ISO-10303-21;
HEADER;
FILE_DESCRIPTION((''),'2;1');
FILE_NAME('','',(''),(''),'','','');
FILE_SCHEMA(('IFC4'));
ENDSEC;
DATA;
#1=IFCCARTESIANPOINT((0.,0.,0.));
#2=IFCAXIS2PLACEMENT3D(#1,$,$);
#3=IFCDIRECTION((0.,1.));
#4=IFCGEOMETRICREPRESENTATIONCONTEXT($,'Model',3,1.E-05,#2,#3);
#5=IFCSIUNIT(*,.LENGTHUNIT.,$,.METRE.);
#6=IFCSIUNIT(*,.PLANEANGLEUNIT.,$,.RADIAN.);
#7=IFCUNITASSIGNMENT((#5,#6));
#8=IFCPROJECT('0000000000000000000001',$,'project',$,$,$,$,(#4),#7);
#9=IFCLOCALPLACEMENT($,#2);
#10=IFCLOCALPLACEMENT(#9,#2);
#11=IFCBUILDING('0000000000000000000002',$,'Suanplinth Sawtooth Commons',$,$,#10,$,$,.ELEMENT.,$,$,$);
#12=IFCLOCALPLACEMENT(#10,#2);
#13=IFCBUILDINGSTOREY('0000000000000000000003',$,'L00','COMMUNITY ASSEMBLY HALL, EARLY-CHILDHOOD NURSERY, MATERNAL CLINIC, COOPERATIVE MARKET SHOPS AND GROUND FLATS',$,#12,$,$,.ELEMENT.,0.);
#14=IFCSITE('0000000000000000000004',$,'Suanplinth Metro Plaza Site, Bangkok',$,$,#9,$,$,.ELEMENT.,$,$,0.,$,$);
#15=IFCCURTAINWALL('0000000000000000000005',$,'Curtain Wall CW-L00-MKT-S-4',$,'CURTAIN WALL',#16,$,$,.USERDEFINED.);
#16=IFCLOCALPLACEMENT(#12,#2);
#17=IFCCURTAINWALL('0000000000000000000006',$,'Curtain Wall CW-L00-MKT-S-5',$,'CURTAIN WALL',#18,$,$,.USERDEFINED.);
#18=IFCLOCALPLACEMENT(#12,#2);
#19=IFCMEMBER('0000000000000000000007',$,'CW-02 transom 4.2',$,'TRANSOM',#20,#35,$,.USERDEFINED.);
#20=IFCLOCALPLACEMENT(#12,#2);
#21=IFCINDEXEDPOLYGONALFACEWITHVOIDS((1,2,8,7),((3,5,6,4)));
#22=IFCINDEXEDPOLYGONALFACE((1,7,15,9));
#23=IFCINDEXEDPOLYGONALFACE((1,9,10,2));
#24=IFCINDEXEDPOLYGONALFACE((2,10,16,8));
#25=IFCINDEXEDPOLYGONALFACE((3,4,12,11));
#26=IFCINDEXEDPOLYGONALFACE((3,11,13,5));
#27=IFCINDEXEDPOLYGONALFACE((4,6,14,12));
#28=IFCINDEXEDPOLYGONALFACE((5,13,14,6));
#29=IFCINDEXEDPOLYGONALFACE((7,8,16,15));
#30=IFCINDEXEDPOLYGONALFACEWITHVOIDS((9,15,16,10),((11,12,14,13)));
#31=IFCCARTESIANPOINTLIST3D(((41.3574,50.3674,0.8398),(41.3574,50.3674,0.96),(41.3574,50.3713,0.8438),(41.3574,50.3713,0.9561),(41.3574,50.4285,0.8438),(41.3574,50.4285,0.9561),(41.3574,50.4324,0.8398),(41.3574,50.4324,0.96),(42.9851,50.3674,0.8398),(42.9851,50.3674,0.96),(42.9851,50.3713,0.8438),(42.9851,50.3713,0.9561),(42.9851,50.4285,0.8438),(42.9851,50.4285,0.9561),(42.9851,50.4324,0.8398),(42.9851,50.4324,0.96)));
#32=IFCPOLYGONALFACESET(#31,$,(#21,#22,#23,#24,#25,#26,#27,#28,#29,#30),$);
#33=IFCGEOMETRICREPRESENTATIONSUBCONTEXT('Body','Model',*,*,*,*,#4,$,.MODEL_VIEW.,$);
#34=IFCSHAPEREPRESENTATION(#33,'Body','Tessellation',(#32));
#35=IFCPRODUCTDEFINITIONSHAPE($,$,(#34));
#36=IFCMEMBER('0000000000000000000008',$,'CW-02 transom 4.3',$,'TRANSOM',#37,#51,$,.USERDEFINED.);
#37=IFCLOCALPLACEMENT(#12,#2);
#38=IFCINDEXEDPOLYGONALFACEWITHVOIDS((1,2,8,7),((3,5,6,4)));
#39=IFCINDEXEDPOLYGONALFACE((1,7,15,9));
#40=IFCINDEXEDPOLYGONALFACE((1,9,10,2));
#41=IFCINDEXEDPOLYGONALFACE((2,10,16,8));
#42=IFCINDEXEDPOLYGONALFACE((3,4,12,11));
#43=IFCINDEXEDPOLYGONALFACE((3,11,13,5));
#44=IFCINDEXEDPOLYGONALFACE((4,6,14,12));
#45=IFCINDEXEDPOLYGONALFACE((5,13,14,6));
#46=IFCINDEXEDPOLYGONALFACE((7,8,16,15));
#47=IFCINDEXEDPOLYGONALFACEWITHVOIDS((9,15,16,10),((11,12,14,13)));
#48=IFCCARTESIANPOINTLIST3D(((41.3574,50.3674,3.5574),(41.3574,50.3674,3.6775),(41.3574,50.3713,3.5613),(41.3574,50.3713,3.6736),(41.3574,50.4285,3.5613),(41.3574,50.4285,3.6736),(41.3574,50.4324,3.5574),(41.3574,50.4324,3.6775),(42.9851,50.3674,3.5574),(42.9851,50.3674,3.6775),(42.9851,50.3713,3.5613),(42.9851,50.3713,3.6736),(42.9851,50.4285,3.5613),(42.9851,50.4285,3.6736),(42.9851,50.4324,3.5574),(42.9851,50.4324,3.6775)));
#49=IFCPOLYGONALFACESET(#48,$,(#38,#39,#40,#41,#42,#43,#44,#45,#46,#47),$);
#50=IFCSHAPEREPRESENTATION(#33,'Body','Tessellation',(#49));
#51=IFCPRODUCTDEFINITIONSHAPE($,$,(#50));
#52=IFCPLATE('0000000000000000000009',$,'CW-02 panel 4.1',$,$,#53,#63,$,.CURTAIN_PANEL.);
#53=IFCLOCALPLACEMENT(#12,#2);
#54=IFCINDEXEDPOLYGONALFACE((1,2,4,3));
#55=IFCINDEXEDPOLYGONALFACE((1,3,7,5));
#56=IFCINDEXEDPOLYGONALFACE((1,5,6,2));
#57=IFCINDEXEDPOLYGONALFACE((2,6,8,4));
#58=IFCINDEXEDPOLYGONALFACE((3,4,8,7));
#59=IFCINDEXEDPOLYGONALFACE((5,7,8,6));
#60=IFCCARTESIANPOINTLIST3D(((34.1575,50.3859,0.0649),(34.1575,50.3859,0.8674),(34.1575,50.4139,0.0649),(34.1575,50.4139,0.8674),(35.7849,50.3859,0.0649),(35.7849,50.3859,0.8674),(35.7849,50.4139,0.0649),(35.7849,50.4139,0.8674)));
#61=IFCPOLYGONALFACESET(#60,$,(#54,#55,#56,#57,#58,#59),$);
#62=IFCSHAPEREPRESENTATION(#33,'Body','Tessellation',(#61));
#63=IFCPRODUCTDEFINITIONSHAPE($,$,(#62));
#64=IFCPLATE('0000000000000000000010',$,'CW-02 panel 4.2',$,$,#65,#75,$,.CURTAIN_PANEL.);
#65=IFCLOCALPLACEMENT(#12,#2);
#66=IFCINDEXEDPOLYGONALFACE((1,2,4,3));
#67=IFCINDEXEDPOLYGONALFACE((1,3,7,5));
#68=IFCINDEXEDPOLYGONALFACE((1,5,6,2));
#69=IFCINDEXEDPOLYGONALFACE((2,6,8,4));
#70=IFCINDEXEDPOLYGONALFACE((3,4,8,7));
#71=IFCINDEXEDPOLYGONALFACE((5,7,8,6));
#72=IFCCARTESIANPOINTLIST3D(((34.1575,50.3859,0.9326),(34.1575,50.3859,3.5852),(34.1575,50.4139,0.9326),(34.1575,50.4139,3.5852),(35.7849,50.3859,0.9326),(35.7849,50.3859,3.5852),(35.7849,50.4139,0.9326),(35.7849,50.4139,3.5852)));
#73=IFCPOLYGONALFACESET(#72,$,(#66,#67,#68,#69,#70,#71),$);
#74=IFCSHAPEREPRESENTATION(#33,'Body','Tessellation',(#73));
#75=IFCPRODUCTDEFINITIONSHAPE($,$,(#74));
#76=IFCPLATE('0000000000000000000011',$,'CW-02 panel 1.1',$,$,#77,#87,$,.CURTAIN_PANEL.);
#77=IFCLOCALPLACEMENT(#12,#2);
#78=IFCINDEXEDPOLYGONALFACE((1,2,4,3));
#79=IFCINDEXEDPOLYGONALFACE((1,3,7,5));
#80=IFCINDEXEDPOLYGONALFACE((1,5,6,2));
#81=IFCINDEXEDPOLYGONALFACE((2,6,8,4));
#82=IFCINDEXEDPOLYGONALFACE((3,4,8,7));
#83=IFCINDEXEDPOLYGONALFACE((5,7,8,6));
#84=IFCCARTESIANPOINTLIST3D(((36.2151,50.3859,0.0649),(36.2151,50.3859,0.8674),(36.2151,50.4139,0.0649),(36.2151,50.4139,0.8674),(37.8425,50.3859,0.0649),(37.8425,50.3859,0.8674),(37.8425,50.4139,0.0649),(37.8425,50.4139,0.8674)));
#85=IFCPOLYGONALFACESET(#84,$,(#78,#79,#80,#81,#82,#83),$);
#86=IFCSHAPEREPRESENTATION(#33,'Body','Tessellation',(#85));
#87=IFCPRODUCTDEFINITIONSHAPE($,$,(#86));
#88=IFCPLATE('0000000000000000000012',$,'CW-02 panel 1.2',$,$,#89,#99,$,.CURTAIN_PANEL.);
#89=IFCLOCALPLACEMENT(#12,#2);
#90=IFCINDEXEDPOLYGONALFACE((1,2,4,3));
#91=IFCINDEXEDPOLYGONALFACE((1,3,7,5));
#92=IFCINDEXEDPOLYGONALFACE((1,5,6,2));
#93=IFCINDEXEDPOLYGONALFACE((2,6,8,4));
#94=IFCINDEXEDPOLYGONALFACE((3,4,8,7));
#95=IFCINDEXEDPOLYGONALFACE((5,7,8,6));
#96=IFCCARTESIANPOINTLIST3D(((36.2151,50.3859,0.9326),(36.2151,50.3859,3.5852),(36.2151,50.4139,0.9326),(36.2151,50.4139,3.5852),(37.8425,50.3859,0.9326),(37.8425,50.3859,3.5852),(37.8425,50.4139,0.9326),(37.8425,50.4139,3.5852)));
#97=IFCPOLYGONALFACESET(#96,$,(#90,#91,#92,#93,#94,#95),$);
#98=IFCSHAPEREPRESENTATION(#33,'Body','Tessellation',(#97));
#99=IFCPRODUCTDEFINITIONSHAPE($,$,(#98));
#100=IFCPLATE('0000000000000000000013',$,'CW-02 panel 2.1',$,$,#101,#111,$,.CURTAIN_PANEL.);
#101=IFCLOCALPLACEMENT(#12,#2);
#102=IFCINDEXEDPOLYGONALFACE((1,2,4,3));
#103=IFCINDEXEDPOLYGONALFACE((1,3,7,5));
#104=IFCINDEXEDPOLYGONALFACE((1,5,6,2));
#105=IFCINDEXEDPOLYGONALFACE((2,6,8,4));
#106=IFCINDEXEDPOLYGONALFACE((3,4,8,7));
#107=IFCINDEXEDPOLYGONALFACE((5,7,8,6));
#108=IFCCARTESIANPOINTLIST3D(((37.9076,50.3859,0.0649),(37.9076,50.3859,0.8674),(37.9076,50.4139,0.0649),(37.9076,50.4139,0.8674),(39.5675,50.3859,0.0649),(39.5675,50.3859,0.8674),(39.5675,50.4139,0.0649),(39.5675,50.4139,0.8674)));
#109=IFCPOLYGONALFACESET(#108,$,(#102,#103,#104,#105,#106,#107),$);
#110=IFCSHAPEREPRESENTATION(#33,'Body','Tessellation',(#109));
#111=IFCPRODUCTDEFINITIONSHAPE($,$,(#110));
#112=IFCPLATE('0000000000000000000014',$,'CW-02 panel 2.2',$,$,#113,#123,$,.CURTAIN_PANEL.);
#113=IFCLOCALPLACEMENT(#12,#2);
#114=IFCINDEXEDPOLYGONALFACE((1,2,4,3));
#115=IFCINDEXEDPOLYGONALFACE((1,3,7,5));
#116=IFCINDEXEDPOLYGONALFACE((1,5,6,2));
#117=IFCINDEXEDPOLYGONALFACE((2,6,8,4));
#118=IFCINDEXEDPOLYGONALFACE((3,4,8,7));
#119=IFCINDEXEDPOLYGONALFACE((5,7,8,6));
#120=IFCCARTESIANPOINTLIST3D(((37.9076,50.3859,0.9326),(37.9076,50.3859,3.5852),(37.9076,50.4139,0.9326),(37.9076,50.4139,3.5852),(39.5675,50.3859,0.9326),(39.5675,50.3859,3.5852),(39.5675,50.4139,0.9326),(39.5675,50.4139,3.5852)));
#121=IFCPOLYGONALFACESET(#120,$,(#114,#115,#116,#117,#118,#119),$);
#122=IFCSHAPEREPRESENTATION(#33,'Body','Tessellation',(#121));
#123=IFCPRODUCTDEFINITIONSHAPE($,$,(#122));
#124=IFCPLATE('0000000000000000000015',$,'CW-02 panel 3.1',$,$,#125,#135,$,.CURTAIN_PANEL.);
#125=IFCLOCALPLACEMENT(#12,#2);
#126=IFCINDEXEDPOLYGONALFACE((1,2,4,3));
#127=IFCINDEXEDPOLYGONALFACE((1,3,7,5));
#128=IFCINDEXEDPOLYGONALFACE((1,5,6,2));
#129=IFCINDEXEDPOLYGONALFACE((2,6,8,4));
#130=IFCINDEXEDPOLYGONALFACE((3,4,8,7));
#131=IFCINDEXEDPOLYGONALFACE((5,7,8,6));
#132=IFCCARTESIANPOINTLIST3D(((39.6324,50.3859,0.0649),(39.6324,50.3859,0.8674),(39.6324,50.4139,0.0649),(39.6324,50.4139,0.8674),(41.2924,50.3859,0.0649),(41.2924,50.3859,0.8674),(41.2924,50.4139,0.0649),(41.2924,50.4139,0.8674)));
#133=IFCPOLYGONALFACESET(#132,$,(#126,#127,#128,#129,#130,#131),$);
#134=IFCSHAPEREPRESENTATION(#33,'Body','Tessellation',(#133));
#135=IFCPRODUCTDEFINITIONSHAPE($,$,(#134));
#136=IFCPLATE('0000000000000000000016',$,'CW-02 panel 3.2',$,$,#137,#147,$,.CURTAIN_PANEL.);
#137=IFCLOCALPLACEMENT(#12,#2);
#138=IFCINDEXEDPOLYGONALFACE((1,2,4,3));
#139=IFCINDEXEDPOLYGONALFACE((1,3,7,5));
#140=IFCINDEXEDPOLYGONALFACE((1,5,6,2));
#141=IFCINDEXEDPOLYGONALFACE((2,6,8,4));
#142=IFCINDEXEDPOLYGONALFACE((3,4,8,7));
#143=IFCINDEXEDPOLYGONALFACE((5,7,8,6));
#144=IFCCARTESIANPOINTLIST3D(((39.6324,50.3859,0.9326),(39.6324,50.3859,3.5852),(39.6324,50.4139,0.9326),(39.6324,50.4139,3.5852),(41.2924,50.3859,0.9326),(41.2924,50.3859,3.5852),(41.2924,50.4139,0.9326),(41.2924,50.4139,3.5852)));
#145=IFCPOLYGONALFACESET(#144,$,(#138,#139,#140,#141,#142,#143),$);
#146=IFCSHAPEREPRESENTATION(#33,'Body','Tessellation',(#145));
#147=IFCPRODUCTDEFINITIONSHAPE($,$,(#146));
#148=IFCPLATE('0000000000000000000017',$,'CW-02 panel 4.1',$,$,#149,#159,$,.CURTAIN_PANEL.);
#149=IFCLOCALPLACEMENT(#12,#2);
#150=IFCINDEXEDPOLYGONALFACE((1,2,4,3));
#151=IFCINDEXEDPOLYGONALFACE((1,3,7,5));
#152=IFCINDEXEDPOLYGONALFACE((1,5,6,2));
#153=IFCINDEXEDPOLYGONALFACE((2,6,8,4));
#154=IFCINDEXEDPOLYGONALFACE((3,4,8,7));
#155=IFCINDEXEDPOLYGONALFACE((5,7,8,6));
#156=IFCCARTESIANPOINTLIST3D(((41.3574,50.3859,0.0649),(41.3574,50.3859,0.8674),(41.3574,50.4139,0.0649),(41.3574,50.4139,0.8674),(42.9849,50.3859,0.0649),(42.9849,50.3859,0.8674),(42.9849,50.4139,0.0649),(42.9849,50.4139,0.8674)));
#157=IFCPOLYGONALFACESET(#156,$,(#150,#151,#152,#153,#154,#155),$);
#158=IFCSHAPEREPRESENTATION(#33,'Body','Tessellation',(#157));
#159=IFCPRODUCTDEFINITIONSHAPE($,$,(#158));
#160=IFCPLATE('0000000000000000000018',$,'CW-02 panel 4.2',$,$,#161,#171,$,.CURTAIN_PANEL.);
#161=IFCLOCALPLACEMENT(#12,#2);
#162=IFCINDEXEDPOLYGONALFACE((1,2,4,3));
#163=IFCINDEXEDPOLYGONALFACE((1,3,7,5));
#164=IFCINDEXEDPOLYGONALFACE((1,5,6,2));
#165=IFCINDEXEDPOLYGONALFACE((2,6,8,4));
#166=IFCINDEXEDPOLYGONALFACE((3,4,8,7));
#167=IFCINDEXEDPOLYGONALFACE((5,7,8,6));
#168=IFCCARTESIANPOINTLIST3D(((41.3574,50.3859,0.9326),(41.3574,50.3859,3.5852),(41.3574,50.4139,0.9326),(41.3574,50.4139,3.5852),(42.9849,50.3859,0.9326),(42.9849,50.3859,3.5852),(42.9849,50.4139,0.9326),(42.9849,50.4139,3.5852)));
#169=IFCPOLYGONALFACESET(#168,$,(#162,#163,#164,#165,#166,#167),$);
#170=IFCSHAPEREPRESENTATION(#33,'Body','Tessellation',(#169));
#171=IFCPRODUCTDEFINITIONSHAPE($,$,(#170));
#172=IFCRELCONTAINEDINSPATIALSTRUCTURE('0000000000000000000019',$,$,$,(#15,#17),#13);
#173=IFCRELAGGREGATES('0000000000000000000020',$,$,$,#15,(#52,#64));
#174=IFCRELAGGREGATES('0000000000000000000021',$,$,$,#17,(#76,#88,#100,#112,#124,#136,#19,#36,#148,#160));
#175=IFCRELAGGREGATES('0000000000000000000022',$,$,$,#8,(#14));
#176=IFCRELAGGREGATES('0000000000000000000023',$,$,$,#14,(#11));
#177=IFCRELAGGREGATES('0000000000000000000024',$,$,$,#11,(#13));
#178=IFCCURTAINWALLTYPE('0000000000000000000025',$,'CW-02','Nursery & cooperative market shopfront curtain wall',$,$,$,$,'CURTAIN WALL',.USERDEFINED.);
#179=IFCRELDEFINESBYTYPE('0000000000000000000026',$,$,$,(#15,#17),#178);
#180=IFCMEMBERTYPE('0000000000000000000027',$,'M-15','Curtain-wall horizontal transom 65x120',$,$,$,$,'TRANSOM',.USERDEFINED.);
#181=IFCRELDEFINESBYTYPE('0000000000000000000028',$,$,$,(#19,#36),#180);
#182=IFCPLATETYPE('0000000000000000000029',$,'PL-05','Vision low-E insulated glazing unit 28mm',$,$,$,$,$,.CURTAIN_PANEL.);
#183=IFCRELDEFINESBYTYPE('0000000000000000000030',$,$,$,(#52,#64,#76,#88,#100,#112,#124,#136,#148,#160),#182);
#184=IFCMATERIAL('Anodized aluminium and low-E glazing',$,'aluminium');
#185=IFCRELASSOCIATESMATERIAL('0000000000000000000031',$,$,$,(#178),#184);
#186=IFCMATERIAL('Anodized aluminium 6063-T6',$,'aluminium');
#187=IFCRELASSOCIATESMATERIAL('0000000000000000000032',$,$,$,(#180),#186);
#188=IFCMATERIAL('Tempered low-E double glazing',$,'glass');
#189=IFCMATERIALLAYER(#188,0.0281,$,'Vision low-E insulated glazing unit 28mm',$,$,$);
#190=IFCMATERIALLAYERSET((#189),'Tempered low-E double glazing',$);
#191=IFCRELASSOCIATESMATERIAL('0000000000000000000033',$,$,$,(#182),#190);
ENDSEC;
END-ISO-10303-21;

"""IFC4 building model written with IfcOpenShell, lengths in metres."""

from ifc_helpers import new_model, si_unit, direction, frame, origin, origin_2d, place, context, subcontext, project, spatial, rectangle, hollow_rectangle, extrude, material, layer, layer_set, material_profile, profile_set, type_object, element, aggregate, save


model = new_model("IFC4")

# Units and contexts
model_context = context("Model", 3, precision=1e-05, world=origin(), true_north=direction((0.0, 1.0)))
body_context = subcontext(model_context, "Body", "Model", "MODEL_VIEW")
ifc_project = project(units=[si_unit("LENGTHUNIT", "METRE"), si_unit("PLANEANGLEUNIT", "RADIAN")], contexts=[model_context])

# Site, building, storey
site_placement = place(None, origin())
site = spatial("IfcSite", under=ifc_project, at=site_placement, Name="Suanplinth Metro Plaza Site, Bangkok", CompositionType="ELEMENT", RefElevation=0.0)
building_placement = place(site_placement, origin())
building = spatial("IfcBuilding", under=site, at=building_placement, Name="Suanplinth Sawtooth Commons", CompositionType="ELEMENT")
storey_placement = place(building_placement, origin())
storey = spatial("IfcBuildingStorey", under=building, at=storey_placement, Name="L00", Description="COMMUNITY ASSEMBLY HALL, EARLY-CHILDHOOD NURSERY, MATERNAL CLINIC, COOPERATIVE MARKET SHOPS AND GROUND FLATS", CompositionType="ELEMENT", Elevation=0.0)

# Curtain wall
ifc_material_1 = material(Name="Anodized aluminium and low-E glazing", Category="aluminium")
curtain_wall_type = type_object("IfcCurtainWallType", Name="CW-02", Description="Nursery & cooperative market shopfront curtain wall", ElementType="CURTAIN WALL", PredefinedType="USERDEFINED", material=ifc_material_1)
curtain_wall_1_placement = place(storey_placement, origin())
curtain_wall_1 = element("IfcCurtainWall", 1, at=curtain_wall_1_placement, inside=storey, type_object=curtain_wall_type, Name="Curtain Wall CW-L00-MKT-S-4", ObjectType="CURTAIN WALL", PredefinedType="USERDEFINED")
ifc_material_2 = material(Name="Anodized aluminium 6063-T6", Category="aluminium")

# Curtain wall, members
curtain_wall_2_placement = place(storey_placement, origin())
curtain_wall_2 = element("IfcCurtainWall", 2, at=curtain_wall_2_placement, inside=storey, type_object=curtain_wall_type, Name="Curtain Wall CW-L00-MKT-S-5", ObjectType="CURTAIN WALL", PredefinedType="USERDEFINED")
ifc_material_profile_1 = material_profile(ifc_material_2, hollow_rectangle(XDim=0.0649, YDim=0.1201, WallThickness=0.0039, at=origin_2d()), Name="ALU-TRN 65x120")
ifc_profile_set_1 = profile_set([ifc_material_profile_1], Name="Anodized aluminium 6063-T6")
member_type_1 = type_object("IfcMemberType", Name="M-15", Description="Curtain-wall horizontal transom 65x120", ElementType="TRANSOM", PredefinedType="USERDEFINED", material=ifc_profile_set_1)
member_1_placement = place(storey_placement, frame((41.3574, 50.3999, 0.8999), z_axis=(1.0, 0.0, 0.0), x_axis=(0.0, 1.0, 0.0)))
member_1 = element("IfcMember", 3, at=member_1_placement, type_object=member_type_1, Name="CW-02 transom 4.2", ObjectType="TRANSOM", PredefinedType="USERDEFINED", context=body_context, shape_type="SweptSolid", body=[
    extrude(hollow_rectangle(XDim=0.0649, YDim=0.1201, WallThickness=0.0039, at=origin_2d()), origin(), (0.0, 0.0, 1.0), 1.6277),
])
member_2_placement = place(storey_placement, frame((41.3574, 50.3999, 3.6174), z_axis=(1.0, 0.0, 0.0), x_axis=(0.0, 1.0, 0.0)))
member_2 = element("IfcMember", 4, at=member_2_placement, type_object=member_type_1, Name="CW-02 transom 4.3", ObjectType="TRANSOM", PredefinedType="USERDEFINED", context=body_context, shape_type="SweptSolid", body=[
    extrude(hollow_rectangle(XDim=0.0649, YDim=0.1201, WallThickness=0.0039, at=origin_2d()), origin(), (0.0, 0.0, 1.0), 1.6277),
])

# Plates
ifc_material_3 = material(Name="Tempered low-E double glazing", Category="glass")
ifc_layer_1 = layer(ifc_material_3, 0.0281, Name="Vision low-E insulated glazing unit 28mm")
ifc_layer_set_1 = layer_set([ifc_layer_1], Name="Tempered low-E double glazing")
plate_type = type_object("IfcPlateType", Name="PL-05", Description="Vision low-E insulated glazing unit 28mm", PredefinedType="CURTAIN_PANEL", material=ifc_layer_set_1)
plate_1_placement = place(storey_placement, frame((34.9712, 50.3999, 0.0649), z_axis=(0.0, 0.0, 1.0), x_axis=(1.0, 0.0, 0.0)))
plate_1 = element("IfcPlate", 5, at=plate_1_placement, type_object=plate_type, Name="CW-02 panel 4.1", PredefinedType="CURTAIN_PANEL", context=body_context, shape_type="SweptSolid", body=[
    extrude(rectangle(XDim=1.6274, YDim=0.0281, at=origin_2d()), origin(), (0.0, 0.0, 1.0), 0.8025),
])
plate_2_placement = place(storey_placement, frame((34.9712, 50.3999, 0.9326), z_axis=(0.0, 0.0, 1.0), x_axis=(1.0, 0.0, 0.0)))
plate_2 = element("IfcPlate", 6, at=plate_2_placement, type_object=plate_type, Name="CW-02 panel 4.2", PredefinedType="CURTAIN_PANEL", context=body_context, shape_type="SweptSolid", body=[
    extrude(rectangle(XDim=1.6274, YDim=0.0281, at=origin_2d()), origin(), (0.0, 0.0, 1.0), 2.6526),
])
aggregate(curtain_wall_1, [plate_1, plate_2])
plate_3_placement = place(storey_placement, frame((37.0288, 50.3999, 0.0649), z_axis=(0.0, 0.0, 1.0), x_axis=(1.0, 0.0, 0.0)))
plate_3 = element("IfcPlate", 7, at=plate_3_placement, type_object=plate_type, Name="CW-02 panel 1.1", PredefinedType="CURTAIN_PANEL", context=body_context, shape_type="SweptSolid", body=[
    extrude(rectangle(XDim=1.6274, YDim=0.0281, at=origin_2d()), origin(), (0.0, 0.0, 1.0), 0.8025),
])
plate_4_placement = place(storey_placement, frame((37.0288, 50.3999, 0.9326), z_axis=(0.0, 0.0, 1.0), x_axis=(1.0, 0.0, 0.0)))
plate_4 = element("IfcPlate", 8, at=plate_4_placement, type_object=plate_type, Name="CW-02 panel 1.2", PredefinedType="CURTAIN_PANEL", context=body_context, shape_type="SweptSolid", body=[
    extrude(rectangle(XDim=1.6274, YDim=0.0281, at=origin_2d()), origin(), (0.0, 0.0, 1.0), 2.6526),
])
plate_5_placement = place(storey_placement, frame((38.7375, 50.3999, 0.0649), z_axis=(0.0, 0.0, 1.0), x_axis=(1.0, 0.0, 0.0)))
plate_5 = element("IfcPlate", 9, at=plate_5_placement, type_object=plate_type, Name="CW-02 panel 2.1", PredefinedType="CURTAIN_PANEL", context=body_context, shape_type="SweptSolid", body=[
    extrude(rectangle(XDim=1.6599, YDim=0.0281, at=origin_2d()), origin(), (0.0, 0.0, 1.0), 0.8025),
])
plate_6_placement = place(storey_placement, frame((38.7375, 50.3999, 0.9326), z_axis=(0.0, 0.0, 1.0), x_axis=(1.0, 0.0, 0.0)))
plate_6 = element("IfcPlate", 10, at=plate_6_placement, type_object=plate_type, Name="CW-02 panel 2.2", PredefinedType="CURTAIN_PANEL", context=body_context, shape_type="SweptSolid", body=[
    extrude(rectangle(XDim=1.6599, YDim=0.0281, at=origin_2d()), origin(), (0.0, 0.0, 1.0), 2.6526),
])
plate_7_placement = place(storey_placement, frame((40.4624, 50.3999, 0.0649), z_axis=(0.0, 0.0, 1.0), x_axis=(1.0, 0.0, 0.0)))
plate_7 = element("IfcPlate", 11, at=plate_7_placement, type_object=plate_type, Name="CW-02 panel 3.1", PredefinedType="CURTAIN_PANEL", context=body_context, shape_type="SweptSolid", body=[
    extrude(rectangle(XDim=1.6599, YDim=0.0281, at=origin_2d()), origin(), (0.0, 0.0, 1.0), 0.8025),
])
plate_8_placement = place(storey_placement, frame((40.4624, 50.3999, 0.9326), z_axis=(0.0, 0.0, 1.0), x_axis=(1.0, 0.0, 0.0)))
plate_8 = element("IfcPlate", 12, at=plate_8_placement, type_object=plate_type, Name="CW-02 panel 3.2", PredefinedType="CURTAIN_PANEL", context=body_context, shape_type="SweptSolid", body=[
    extrude(rectangle(XDim=1.6599, YDim=0.0281, at=origin_2d()), origin(), (0.0, 0.0, 1.0), 2.6526),
])
plate_9_placement = place(storey_placement, frame((42.1711, 50.3999, 0.0649), z_axis=(0.0, 0.0, 1.0), x_axis=(1.0, 0.0, 0.0)))
plate_9 = element("IfcPlate", 13, at=plate_9_placement, type_object=plate_type, Name="CW-02 panel 4.1", PredefinedType="CURTAIN_PANEL", context=body_context, shape_type="SweptSolid", body=[
    extrude(rectangle(XDim=1.6274, YDim=0.0281, at=origin_2d()), origin(), (0.0, 0.0, 1.0), 0.8025),
])
plate_10_placement = place(storey_placement, frame((42.1711, 50.3999, 0.9326), z_axis=(0.0, 0.0, 1.0), x_axis=(1.0, 0.0, 0.0)))
plate_10 = element("IfcPlate", 14, at=plate_10_placement, type_object=plate_type, Name="CW-02 panel 4.2", PredefinedType="CURTAIN_PANEL", context=body_context, shape_type="SweptSolid", body=[
    extrude(rectangle(XDim=1.6274, YDim=0.0281, at=origin_2d()), origin(), (0.0, 0.0, 1.0), 2.6526),
])
aggregate(curtain_wall_2, [plate_3, plate_4, plate_5, plate_6, plate_7, plate_8, member_1, member_2, plate_9, plate_10])

save(model, "model.ifc")
